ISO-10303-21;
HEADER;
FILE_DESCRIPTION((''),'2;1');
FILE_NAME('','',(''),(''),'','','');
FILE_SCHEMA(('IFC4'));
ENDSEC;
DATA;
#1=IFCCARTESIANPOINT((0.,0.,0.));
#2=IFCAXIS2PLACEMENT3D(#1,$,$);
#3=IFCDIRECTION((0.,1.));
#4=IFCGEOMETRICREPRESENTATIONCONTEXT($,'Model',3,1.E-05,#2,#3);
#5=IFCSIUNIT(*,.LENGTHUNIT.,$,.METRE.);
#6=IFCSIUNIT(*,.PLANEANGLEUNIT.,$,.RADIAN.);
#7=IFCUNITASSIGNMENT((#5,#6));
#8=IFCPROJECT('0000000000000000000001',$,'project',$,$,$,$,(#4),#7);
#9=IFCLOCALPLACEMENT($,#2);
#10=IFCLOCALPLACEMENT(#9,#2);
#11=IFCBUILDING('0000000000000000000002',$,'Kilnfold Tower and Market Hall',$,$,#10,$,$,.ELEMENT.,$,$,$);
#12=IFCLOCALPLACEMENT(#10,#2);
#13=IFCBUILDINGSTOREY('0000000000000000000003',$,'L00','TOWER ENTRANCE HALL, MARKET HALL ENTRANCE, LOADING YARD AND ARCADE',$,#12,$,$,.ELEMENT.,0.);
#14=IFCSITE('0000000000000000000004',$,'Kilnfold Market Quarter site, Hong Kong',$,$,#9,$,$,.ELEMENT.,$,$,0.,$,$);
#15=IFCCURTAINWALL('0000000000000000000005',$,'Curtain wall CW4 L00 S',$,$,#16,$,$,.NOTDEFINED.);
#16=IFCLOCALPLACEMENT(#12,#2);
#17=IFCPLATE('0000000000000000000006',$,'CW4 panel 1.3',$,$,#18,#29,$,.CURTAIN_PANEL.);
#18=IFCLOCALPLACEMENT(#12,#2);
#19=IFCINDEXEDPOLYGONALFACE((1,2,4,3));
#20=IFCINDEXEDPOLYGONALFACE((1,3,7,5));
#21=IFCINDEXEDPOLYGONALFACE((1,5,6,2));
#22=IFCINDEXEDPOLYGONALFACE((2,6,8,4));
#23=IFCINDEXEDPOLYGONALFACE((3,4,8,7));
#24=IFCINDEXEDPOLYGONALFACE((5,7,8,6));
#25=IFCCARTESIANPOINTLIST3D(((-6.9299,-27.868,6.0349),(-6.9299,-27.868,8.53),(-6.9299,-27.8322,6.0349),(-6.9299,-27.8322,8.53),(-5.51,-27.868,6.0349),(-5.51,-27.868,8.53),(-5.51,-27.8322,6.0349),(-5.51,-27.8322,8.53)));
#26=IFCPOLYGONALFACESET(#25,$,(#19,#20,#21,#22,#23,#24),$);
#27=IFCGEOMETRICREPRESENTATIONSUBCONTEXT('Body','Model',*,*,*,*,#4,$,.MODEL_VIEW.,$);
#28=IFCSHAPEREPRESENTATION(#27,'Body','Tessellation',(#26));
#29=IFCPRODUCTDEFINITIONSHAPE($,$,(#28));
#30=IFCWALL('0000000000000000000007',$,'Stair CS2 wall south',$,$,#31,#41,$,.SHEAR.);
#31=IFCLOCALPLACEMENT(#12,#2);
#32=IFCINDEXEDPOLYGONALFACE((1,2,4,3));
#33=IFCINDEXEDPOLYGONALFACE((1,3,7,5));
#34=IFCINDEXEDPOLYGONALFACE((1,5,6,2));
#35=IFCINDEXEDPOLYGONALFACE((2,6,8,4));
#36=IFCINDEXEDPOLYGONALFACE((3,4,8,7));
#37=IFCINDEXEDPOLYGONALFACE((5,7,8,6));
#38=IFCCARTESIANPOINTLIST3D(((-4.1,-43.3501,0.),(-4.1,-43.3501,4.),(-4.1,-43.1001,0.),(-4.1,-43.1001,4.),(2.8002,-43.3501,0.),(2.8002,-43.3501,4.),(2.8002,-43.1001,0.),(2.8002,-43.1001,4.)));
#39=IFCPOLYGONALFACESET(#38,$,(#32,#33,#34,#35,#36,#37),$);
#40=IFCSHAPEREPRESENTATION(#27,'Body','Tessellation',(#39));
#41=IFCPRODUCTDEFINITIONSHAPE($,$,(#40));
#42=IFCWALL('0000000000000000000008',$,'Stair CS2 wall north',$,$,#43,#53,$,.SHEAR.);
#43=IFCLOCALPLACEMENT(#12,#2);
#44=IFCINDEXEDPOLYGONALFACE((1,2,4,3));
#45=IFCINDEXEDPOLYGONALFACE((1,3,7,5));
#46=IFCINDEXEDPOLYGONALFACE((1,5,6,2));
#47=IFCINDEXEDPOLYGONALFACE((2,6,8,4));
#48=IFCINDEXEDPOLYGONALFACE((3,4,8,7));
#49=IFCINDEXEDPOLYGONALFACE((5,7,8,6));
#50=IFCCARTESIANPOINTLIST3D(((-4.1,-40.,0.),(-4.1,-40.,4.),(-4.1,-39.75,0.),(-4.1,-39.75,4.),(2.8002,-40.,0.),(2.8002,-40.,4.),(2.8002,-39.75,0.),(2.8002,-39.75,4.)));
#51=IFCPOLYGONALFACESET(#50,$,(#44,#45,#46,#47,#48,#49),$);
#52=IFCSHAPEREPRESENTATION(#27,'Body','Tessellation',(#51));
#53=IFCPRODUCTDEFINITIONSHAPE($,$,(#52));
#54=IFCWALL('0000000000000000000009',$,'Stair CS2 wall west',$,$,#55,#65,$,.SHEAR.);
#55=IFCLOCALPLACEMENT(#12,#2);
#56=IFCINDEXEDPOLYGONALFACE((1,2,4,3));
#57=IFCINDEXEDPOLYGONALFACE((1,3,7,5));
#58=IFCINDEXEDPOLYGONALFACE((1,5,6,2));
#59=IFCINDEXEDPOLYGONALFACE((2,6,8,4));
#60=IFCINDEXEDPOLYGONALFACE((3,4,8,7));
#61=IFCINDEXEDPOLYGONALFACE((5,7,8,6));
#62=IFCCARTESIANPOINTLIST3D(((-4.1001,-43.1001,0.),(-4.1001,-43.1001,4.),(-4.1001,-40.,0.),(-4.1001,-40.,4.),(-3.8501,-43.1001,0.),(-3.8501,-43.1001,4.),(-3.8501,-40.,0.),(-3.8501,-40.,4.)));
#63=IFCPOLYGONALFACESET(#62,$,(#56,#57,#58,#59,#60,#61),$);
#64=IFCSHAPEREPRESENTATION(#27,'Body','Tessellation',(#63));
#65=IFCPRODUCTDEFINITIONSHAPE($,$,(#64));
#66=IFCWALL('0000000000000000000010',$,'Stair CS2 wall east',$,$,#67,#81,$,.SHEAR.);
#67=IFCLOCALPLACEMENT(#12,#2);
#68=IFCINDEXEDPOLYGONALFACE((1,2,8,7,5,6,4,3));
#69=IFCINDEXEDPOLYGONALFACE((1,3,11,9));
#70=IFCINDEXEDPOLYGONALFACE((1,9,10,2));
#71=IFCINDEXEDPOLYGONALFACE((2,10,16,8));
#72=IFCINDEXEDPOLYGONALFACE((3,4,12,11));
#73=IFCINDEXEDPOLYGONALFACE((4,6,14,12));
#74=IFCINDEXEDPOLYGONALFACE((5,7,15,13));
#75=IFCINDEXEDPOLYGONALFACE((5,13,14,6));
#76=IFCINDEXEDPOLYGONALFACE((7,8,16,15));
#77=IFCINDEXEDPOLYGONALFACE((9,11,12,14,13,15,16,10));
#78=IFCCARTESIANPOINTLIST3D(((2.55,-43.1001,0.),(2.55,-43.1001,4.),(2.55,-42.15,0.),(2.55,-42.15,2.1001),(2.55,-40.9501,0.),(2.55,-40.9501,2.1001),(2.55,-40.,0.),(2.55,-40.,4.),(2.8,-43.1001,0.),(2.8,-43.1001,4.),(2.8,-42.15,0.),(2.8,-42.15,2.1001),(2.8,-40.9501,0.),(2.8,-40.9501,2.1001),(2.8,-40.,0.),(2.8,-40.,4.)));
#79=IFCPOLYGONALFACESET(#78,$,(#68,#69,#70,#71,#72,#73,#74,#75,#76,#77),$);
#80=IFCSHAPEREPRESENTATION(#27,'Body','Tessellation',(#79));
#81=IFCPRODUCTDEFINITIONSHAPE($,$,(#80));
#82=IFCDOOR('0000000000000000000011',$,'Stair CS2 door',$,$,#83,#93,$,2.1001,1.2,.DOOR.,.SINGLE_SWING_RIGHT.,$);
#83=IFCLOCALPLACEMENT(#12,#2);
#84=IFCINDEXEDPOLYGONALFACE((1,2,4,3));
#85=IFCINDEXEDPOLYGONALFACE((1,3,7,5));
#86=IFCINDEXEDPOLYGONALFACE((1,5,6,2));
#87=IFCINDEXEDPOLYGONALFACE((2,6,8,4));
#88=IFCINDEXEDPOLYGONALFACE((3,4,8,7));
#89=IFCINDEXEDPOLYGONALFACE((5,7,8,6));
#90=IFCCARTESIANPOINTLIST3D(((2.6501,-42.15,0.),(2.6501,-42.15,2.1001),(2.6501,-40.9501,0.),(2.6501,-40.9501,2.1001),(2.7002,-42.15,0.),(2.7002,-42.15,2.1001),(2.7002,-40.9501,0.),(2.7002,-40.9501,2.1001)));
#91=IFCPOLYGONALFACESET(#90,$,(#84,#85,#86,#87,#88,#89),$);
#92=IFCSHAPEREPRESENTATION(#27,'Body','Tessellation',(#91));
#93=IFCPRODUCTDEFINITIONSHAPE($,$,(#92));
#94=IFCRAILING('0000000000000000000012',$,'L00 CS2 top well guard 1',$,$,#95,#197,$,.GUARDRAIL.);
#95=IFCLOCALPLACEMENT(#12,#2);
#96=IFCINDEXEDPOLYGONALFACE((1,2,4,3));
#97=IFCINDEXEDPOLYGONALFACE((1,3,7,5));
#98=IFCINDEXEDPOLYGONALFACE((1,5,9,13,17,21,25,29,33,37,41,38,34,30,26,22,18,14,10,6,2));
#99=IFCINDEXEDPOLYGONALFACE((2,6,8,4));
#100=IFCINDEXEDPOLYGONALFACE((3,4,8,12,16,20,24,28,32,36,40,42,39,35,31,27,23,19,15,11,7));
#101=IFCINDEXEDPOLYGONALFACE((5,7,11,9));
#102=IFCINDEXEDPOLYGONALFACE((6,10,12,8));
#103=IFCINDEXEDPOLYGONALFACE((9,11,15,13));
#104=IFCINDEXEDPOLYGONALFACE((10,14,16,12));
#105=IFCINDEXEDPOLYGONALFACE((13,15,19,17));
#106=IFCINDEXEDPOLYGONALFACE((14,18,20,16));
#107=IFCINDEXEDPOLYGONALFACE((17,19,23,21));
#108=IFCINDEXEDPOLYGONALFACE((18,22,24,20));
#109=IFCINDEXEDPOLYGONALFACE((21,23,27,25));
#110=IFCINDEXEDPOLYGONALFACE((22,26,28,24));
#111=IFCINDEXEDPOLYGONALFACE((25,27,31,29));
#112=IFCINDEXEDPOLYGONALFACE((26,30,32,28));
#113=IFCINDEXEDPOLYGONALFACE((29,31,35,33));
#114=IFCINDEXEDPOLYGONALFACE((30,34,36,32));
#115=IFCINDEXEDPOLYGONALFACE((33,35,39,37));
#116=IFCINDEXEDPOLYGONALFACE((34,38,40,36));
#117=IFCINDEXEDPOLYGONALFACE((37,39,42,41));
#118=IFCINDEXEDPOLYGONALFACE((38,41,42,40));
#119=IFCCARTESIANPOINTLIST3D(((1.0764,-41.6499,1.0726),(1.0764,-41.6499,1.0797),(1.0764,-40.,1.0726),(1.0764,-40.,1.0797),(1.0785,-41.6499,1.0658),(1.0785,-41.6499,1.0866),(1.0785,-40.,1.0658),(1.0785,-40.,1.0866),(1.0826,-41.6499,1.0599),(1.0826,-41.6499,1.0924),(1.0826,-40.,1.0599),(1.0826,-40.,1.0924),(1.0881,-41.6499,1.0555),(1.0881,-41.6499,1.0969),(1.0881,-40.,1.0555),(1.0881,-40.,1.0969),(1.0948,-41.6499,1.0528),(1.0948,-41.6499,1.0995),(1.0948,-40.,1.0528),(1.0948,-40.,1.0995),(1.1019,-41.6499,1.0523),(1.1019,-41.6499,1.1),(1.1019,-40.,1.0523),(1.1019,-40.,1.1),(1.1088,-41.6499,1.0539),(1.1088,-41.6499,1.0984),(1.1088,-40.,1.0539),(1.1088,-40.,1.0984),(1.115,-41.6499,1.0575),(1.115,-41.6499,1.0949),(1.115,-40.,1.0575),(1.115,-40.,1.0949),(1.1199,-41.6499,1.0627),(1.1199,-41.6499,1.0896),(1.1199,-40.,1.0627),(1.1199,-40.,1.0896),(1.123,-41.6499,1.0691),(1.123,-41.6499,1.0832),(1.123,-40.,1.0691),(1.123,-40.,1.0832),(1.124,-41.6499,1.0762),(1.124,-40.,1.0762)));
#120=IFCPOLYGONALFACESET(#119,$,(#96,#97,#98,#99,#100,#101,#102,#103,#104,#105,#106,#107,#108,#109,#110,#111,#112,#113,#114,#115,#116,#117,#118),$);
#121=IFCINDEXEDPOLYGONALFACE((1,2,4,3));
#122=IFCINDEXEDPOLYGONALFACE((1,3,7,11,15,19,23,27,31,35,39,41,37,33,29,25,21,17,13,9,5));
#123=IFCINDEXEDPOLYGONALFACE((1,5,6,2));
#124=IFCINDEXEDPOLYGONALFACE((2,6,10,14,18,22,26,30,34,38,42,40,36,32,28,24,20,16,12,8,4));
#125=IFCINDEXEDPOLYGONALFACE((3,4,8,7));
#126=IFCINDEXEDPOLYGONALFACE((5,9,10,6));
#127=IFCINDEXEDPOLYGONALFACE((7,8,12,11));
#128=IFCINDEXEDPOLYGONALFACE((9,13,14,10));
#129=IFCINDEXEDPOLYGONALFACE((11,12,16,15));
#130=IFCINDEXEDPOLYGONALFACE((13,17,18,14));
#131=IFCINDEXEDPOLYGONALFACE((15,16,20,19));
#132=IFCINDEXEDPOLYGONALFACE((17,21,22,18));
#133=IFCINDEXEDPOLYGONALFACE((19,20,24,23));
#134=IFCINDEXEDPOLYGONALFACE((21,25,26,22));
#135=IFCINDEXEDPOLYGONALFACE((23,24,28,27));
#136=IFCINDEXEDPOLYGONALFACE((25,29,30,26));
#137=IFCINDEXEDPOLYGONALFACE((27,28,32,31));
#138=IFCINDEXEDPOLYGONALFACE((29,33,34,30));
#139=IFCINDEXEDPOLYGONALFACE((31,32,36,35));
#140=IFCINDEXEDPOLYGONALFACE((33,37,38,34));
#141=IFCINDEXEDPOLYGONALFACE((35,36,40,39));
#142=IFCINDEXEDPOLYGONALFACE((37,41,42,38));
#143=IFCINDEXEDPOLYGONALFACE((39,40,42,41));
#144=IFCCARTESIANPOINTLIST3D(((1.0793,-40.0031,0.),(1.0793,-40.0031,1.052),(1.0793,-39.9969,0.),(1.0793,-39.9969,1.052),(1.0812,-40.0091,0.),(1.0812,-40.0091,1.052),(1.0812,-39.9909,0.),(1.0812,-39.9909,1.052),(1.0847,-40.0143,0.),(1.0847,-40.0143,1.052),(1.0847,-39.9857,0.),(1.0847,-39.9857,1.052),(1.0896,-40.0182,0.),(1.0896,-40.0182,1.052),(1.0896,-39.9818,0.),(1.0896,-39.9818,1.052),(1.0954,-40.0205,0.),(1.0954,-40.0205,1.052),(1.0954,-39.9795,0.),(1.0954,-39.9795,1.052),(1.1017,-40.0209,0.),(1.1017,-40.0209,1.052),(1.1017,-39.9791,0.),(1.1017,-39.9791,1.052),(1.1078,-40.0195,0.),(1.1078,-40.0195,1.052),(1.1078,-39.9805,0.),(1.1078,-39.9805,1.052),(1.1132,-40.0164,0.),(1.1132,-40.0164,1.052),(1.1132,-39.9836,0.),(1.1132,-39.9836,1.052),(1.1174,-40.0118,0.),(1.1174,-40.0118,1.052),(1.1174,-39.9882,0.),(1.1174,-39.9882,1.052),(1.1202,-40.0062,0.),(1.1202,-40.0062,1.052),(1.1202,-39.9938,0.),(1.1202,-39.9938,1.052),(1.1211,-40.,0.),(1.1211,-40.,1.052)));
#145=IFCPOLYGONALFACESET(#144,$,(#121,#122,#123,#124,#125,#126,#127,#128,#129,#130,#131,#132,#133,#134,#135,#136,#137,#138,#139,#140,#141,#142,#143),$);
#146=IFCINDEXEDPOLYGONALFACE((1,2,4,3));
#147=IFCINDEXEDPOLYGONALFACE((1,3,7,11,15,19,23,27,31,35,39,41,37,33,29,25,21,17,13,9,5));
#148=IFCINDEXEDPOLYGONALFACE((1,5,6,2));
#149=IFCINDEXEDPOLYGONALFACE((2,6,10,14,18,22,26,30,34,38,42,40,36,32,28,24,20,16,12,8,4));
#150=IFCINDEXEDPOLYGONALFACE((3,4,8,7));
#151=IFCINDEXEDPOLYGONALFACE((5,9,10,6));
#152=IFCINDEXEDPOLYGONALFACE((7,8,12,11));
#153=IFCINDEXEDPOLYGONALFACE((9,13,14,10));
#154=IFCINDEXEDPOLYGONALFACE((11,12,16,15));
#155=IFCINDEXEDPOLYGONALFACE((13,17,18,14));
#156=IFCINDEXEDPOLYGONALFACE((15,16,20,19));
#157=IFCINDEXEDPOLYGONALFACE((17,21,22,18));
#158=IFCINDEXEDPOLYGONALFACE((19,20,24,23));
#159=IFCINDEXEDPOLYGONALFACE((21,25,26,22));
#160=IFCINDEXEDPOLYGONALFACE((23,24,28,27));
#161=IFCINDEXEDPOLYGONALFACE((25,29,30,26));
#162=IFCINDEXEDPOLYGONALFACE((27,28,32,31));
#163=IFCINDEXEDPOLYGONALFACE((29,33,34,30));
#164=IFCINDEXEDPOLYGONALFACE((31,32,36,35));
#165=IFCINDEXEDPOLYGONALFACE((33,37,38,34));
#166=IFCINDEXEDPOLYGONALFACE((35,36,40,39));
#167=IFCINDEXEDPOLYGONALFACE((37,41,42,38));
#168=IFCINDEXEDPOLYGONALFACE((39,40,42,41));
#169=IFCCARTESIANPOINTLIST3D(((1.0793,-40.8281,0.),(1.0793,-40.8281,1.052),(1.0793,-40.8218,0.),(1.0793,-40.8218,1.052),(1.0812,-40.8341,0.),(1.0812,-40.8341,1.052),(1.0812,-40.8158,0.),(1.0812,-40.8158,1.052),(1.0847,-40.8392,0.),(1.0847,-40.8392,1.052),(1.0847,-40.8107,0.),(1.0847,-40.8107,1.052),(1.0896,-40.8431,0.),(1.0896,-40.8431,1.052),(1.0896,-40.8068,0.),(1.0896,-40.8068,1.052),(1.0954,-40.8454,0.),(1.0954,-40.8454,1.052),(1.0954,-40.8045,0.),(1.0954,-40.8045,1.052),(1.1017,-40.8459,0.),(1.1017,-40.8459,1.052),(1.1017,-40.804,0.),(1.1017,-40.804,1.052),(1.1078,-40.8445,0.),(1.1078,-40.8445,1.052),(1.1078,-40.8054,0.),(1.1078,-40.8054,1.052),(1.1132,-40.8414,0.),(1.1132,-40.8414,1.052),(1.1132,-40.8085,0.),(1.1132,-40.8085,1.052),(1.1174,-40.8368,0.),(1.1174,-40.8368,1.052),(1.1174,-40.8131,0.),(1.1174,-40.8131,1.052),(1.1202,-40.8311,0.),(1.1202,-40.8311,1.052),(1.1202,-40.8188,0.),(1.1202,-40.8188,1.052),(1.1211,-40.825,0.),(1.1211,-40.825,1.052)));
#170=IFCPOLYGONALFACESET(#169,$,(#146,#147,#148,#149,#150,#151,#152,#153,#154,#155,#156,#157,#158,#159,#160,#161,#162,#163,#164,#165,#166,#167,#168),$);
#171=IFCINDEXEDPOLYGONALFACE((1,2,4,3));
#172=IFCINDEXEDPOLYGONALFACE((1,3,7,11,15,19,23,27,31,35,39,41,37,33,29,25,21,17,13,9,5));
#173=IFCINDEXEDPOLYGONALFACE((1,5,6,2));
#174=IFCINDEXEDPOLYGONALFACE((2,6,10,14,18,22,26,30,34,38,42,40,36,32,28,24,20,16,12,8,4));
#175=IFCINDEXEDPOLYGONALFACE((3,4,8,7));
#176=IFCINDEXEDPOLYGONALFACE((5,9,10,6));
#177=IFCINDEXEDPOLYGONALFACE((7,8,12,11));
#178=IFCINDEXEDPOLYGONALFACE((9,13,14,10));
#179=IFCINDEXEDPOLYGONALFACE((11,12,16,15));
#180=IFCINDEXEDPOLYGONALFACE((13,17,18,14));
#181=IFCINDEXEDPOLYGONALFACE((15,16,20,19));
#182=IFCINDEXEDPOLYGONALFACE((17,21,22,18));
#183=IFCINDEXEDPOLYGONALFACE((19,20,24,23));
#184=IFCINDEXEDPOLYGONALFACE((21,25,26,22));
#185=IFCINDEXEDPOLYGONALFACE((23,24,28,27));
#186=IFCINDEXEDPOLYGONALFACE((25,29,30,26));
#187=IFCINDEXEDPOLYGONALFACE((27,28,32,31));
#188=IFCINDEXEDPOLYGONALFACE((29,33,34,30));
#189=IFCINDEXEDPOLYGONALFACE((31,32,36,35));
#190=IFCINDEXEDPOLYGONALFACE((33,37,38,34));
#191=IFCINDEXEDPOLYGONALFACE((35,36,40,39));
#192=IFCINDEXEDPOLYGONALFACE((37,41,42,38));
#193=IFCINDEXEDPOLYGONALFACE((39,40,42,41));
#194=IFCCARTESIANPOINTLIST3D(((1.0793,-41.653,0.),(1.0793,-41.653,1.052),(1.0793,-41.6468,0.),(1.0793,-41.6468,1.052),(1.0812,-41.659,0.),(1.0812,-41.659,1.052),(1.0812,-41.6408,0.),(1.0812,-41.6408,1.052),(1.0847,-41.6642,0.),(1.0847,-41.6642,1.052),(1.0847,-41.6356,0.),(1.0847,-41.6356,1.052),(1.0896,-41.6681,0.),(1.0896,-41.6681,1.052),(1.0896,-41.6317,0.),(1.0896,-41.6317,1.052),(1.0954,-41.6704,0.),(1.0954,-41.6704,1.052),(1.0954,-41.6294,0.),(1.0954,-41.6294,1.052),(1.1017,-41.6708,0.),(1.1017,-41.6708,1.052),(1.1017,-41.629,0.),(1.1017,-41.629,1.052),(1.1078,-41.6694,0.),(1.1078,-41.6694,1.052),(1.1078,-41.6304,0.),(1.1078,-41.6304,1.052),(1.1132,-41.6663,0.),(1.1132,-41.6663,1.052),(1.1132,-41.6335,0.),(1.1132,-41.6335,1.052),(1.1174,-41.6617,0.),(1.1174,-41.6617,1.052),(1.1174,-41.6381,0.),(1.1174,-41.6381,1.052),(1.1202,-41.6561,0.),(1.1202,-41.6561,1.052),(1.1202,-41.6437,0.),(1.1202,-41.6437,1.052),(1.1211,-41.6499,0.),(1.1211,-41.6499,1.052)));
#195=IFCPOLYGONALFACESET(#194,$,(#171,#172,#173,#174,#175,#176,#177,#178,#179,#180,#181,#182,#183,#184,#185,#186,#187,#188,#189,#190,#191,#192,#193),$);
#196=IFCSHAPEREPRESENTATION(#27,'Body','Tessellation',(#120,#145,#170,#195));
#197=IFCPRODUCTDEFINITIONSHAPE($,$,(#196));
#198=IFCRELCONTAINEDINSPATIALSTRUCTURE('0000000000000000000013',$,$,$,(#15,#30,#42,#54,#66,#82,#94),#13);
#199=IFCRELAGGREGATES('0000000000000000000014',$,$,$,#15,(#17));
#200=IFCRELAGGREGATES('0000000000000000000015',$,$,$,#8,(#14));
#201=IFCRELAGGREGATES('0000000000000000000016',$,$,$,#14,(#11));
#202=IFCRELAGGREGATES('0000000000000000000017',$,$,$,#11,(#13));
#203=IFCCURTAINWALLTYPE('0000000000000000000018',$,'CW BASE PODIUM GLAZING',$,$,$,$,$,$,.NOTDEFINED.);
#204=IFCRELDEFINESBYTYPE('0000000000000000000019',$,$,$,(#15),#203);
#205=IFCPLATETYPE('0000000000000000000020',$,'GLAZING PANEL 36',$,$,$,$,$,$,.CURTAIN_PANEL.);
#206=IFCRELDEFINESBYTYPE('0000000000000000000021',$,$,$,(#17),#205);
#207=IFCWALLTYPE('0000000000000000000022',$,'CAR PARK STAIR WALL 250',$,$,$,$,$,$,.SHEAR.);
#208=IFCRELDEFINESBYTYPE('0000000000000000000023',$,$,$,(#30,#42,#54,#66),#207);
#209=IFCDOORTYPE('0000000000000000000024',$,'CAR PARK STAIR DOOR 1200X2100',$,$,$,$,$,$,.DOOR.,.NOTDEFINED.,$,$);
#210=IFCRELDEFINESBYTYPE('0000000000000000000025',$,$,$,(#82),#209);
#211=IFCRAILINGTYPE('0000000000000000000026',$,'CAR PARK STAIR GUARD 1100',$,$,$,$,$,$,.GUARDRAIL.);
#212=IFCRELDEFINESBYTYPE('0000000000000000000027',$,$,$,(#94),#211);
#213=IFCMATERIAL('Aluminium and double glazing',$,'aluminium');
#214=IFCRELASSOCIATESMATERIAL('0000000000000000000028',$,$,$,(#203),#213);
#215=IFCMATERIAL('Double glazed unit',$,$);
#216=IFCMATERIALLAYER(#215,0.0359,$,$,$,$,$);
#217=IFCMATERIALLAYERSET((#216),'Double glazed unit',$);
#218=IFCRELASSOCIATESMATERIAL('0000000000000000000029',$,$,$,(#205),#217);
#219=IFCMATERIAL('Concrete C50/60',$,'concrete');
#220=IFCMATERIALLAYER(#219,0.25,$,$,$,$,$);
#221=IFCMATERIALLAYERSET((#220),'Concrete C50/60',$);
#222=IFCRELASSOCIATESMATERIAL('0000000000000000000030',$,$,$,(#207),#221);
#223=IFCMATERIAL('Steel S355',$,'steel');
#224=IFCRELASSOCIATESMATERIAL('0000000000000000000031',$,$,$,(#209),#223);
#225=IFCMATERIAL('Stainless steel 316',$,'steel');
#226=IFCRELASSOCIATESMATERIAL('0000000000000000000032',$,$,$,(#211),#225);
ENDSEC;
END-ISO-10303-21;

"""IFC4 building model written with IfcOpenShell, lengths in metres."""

from ifc_helpers import new_model, si_unit, direction, frame, frame_2d, origin, origin_2d, place, context, subcontext, project, spatial, rectangle, circle, extrude, source, transform, mapped, material, layer, layer_set, type_object, element, fill, aggregate, save


model = new_model("IFC4")

# Units and contexts
model_context = context("Model", 3, precision=1e-05, world=origin(), true_north=direction((0.0, 1.0)))
body_context = subcontext(model_context, "Body", "Model", "MODEL_VIEW")
ifc_project = project(units=[si_unit("LENGTHUNIT", "METRE"), si_unit("PLANEANGLEUNIT", "RADIAN")], contexts=[model_context])

# Site, building, storey
site_placement = place(None, origin())
site = spatial("IfcSite", under=ifc_project, at=site_placement, Name="Kilnfold Market Quarter site, Hong Kong", CompositionType="ELEMENT", RefElevation=0.0)
building_placement = place(site_placement, origin())
building = spatial("IfcBuilding", under=site, at=building_placement, Name="Kilnfold Tower and Market Hall", CompositionType="ELEMENT")
storey_placement = place(building_placement, origin())
storey = spatial("IfcBuildingStorey", under=building, at=storey_placement, Name="L00", Description="TOWER ENTRANCE HALL, MARKET HALL ENTRANCE, LOADING YARD AND ARCADE", CompositionType="ELEMENT", Elevation=0.0)

# Curtain wall, plate
ifc_material_1 = material(Name="Aluminium and double glazing", Category="aluminium")
curtain_wall_type = type_object("IfcCurtainWallType", Name="CW BASE PODIUM GLAZING", PredefinedType="NOTDEFINED", material=ifc_material_1)
curtain_wall_placement = place(storey_placement, origin())
curtain_wall = element("IfcCurtainWall", 1, at=curtain_wall_placement, inside=storey, type_object=curtain_wall_type, Name="Curtain wall CW4 L00 S", PredefinedType="NOTDEFINED")
ifc_material_2 = material(Name="Double glazed unit")
ifc_layer_1 = layer(ifc_material_2, 0.0359)
ifc_layer_set_1 = layer_set([ifc_layer_1], Name="Double glazed unit")
plate_type = type_object("IfcPlateType", Name="GLAZING PANEL 36", PredefinedType="CURTAIN_PANEL", material=ifc_layer_set_1)
shared_shape_1 = source(origin(), body_context, "Body", "SweptSolid", [
    extrude(rectangle(XDim=1.4199, YDim=0.0359, at=origin_2d()), origin(), (0.0, 0.0, 1.0), 2.4951),
])
plate_1_placement = place(storey_placement, frame((-6.22, -27.8501, 6.0349), z_axis=(0.0, 0.0, 1.0), x_axis=(1.0, 0.0, 0.0)))
plate_1 = element("IfcPlate", 2, at=plate_1_placement, type_object=plate_type, Name="CW4 panel 1.3", PredefinedType="CURTAIN_PANEL", context=body_context, shape_type="MappedRepresentation", body=[
    mapped(shared_shape_1, transform((0.0, 0.0, 0.0))),
])
aggregate(curtain_wall, [plate_1])

# Walls
ifc_material_3 = material(Name="Concrete C50/60", Category="concrete")
ifc_layer_2 = layer(ifc_material_3, 0.25)
ifc_layer_set_2 = layer_set([ifc_layer_2], Name="Concrete C50/60")
wall_type = type_object("IfcWallType", Name="CAR PARK STAIR WALL 250", PredefinedType="SHEAR", material=ifc_layer_set_2)
shared_shape_2 = source(origin(), body_context, "Body", "SweptSolid", [
    extrude(rectangle(XDim=6.9001, YDim=0.25, at=frame_2d((3.4502, 0.0))), origin(), (0.0, 0.0, 1.0), 4.0),
])
for number, where, z_axis, x_axis, name in (
    (3, (-4.1001, -43.2251, 0.0), (0.0, 0.0, 1.0), (1.0, 0.0, 0.0), "Stair CS2 wall south"),
    (4, (-4.1001, -39.875, 0.0), (0.0, 0.0, 1.0), (1.0, 0.0, 0.0), "Stair CS2 wall north"),
):
    element("IfcWall", number, at=place(storey_placement, frame(where, z_axis=z_axis, x_axis=x_axis)), inside=storey, type_object=wall_type, Name=name, PredefinedType="SHEAR", context=body_context, shape_type="MappedRepresentation", body=[
        mapped(shared_shape_2, transform((0.0, 0.0, 0.0))),
    ])
shared_shape_3 = source(origin(), body_context, "Body", "SweptSolid", [
    extrude(rectangle(XDim=3.1001, YDim=0.25, at=frame_2d((1.55, 0.0))), origin(), (0.0, 0.0, 1.0), 4.0),
])
wall_1_placement = place(storey_placement, frame((-3.9751, -43.1001, 0.0), z_axis=(0.0, 0.0, 1.0), x_axis=(0.0, 1.0, 0.0)))
element("IfcWall", 5, at=wall_1_placement, inside=storey, type_object=wall_type, Name="Stair CS2 wall west", PredefinedType="SHEAR", context=body_context, shape_type="MappedRepresentation", body=[
    mapped(shared_shape_3, transform((0.0, 0.0, 0.0))),
])

# Wall, opening, door
wall_2_placement = place(storey_placement, frame((2.675, -43.1001, 0.0), z_axis=(0.0, 0.0, 1.0), x_axis=(0.0, 1.0, 0.0)))
wall_2 = element("IfcWall", 6, at=wall_2_placement, inside=storey, type_object=wall_type, Name="Stair CS2 wall east", PredefinedType="SHEAR", context=body_context, shape_type="MappedRepresentation", body=[
    mapped(shared_shape_3, transform((0.0, 0.0, 0.0))),
])
opening_placement = place(wall_2_placement, frame((0.95, 0.0, 0.0)))
opening = element("IfcOpeningElement", 7, at=opening_placement, cuts=wall_2, PredefinedType="OPENING", context=body_context, shape_type="SweptSolid", body=[
    extrude(rectangle(XDim=1.2, YDim=2.1001, at=frame_2d((0.6001, 1.05))), frame((0.0, 0.135, 0.0), z_axis=(0.0, -1.0, 0.0), x_axis=(1.0, 0.0, 0.0)), (0.0, 0.0, 1.0), 0.27),
])
ifc_material_4 = material(Name="Steel S355", Category="steel")
door_type = type_object("IfcDoorType", Name="CAR PARK STAIR DOOR 1200X2100", OperationType="NOTDEFINED", PredefinedType="DOOR", material=ifc_material_4)
door_placement = place(opening_placement, origin())
door = element("IfcDoor", 8, at=door_placement, inside=storey, type_object=door_type, Name="Stair CS2 door", OperationType="SINGLE_SWING_RIGHT", OverallHeight=2.1001, OverallWidth=1.2, PredefinedType="DOOR", context=body_context, shape_type="SweptSolid", body=[
    extrude(rectangle(XDim=1.2, YDim=2.1001, at=frame_2d((0.6001, 1.05))), frame((0.0, 0.0249, 0.0), z_axis=(0.0, -1.0, 0.0), x_axis=(1.0, 0.0, 0.0)), (0.0, 0.0, 1.0), 0.05),
])
fill(opening, door)

# Railing
ifc_material_5 = material(Name="Stainless steel 316", Category="steel")
railing_type_1 = type_object("IfcRailingType", Name="CAR PARK STAIR GUARD 1100", PredefinedType="GUARDRAIL", material=ifc_material_5)
railing_1_placement = place(storey_placement, frame((1.1001, -40.0, 0.0)))
element("IfcRailing", 9, at=railing_1_placement, inside=storey, type_object=railing_type_1, Name="L00 CS2 top well guard 1", PredefinedType="GUARDRAIL", context=body_context, shape_type="SweptSolid", body=[
    extrude(circle(Radius=0.0239, at=origin_2d()), frame((0.0, 0.0, 1.0762), z_axis=(0.0, -1.0, 0.0), x_axis=(1.0, 0.0, 0.0)), (0.0, 0.0, 1.0), 1.6499),
    extrude(circle(Radius=0.021, at=origin_2d()), origin(), (0.0, 0.0, 1.0), 1.052),
    extrude(circle(Radius=0.021, at=origin_2d()), frame((0.0, -0.825, 0.0)), (0.0, 0.0, 1.0), 1.052),
    extrude(circle(Radius=0.021, at=origin_2d()), frame((0.0, -1.6499, 0.0)), (0.0, 0.0, 1.0), 1.052),
])

save(model, "model.ifc")
